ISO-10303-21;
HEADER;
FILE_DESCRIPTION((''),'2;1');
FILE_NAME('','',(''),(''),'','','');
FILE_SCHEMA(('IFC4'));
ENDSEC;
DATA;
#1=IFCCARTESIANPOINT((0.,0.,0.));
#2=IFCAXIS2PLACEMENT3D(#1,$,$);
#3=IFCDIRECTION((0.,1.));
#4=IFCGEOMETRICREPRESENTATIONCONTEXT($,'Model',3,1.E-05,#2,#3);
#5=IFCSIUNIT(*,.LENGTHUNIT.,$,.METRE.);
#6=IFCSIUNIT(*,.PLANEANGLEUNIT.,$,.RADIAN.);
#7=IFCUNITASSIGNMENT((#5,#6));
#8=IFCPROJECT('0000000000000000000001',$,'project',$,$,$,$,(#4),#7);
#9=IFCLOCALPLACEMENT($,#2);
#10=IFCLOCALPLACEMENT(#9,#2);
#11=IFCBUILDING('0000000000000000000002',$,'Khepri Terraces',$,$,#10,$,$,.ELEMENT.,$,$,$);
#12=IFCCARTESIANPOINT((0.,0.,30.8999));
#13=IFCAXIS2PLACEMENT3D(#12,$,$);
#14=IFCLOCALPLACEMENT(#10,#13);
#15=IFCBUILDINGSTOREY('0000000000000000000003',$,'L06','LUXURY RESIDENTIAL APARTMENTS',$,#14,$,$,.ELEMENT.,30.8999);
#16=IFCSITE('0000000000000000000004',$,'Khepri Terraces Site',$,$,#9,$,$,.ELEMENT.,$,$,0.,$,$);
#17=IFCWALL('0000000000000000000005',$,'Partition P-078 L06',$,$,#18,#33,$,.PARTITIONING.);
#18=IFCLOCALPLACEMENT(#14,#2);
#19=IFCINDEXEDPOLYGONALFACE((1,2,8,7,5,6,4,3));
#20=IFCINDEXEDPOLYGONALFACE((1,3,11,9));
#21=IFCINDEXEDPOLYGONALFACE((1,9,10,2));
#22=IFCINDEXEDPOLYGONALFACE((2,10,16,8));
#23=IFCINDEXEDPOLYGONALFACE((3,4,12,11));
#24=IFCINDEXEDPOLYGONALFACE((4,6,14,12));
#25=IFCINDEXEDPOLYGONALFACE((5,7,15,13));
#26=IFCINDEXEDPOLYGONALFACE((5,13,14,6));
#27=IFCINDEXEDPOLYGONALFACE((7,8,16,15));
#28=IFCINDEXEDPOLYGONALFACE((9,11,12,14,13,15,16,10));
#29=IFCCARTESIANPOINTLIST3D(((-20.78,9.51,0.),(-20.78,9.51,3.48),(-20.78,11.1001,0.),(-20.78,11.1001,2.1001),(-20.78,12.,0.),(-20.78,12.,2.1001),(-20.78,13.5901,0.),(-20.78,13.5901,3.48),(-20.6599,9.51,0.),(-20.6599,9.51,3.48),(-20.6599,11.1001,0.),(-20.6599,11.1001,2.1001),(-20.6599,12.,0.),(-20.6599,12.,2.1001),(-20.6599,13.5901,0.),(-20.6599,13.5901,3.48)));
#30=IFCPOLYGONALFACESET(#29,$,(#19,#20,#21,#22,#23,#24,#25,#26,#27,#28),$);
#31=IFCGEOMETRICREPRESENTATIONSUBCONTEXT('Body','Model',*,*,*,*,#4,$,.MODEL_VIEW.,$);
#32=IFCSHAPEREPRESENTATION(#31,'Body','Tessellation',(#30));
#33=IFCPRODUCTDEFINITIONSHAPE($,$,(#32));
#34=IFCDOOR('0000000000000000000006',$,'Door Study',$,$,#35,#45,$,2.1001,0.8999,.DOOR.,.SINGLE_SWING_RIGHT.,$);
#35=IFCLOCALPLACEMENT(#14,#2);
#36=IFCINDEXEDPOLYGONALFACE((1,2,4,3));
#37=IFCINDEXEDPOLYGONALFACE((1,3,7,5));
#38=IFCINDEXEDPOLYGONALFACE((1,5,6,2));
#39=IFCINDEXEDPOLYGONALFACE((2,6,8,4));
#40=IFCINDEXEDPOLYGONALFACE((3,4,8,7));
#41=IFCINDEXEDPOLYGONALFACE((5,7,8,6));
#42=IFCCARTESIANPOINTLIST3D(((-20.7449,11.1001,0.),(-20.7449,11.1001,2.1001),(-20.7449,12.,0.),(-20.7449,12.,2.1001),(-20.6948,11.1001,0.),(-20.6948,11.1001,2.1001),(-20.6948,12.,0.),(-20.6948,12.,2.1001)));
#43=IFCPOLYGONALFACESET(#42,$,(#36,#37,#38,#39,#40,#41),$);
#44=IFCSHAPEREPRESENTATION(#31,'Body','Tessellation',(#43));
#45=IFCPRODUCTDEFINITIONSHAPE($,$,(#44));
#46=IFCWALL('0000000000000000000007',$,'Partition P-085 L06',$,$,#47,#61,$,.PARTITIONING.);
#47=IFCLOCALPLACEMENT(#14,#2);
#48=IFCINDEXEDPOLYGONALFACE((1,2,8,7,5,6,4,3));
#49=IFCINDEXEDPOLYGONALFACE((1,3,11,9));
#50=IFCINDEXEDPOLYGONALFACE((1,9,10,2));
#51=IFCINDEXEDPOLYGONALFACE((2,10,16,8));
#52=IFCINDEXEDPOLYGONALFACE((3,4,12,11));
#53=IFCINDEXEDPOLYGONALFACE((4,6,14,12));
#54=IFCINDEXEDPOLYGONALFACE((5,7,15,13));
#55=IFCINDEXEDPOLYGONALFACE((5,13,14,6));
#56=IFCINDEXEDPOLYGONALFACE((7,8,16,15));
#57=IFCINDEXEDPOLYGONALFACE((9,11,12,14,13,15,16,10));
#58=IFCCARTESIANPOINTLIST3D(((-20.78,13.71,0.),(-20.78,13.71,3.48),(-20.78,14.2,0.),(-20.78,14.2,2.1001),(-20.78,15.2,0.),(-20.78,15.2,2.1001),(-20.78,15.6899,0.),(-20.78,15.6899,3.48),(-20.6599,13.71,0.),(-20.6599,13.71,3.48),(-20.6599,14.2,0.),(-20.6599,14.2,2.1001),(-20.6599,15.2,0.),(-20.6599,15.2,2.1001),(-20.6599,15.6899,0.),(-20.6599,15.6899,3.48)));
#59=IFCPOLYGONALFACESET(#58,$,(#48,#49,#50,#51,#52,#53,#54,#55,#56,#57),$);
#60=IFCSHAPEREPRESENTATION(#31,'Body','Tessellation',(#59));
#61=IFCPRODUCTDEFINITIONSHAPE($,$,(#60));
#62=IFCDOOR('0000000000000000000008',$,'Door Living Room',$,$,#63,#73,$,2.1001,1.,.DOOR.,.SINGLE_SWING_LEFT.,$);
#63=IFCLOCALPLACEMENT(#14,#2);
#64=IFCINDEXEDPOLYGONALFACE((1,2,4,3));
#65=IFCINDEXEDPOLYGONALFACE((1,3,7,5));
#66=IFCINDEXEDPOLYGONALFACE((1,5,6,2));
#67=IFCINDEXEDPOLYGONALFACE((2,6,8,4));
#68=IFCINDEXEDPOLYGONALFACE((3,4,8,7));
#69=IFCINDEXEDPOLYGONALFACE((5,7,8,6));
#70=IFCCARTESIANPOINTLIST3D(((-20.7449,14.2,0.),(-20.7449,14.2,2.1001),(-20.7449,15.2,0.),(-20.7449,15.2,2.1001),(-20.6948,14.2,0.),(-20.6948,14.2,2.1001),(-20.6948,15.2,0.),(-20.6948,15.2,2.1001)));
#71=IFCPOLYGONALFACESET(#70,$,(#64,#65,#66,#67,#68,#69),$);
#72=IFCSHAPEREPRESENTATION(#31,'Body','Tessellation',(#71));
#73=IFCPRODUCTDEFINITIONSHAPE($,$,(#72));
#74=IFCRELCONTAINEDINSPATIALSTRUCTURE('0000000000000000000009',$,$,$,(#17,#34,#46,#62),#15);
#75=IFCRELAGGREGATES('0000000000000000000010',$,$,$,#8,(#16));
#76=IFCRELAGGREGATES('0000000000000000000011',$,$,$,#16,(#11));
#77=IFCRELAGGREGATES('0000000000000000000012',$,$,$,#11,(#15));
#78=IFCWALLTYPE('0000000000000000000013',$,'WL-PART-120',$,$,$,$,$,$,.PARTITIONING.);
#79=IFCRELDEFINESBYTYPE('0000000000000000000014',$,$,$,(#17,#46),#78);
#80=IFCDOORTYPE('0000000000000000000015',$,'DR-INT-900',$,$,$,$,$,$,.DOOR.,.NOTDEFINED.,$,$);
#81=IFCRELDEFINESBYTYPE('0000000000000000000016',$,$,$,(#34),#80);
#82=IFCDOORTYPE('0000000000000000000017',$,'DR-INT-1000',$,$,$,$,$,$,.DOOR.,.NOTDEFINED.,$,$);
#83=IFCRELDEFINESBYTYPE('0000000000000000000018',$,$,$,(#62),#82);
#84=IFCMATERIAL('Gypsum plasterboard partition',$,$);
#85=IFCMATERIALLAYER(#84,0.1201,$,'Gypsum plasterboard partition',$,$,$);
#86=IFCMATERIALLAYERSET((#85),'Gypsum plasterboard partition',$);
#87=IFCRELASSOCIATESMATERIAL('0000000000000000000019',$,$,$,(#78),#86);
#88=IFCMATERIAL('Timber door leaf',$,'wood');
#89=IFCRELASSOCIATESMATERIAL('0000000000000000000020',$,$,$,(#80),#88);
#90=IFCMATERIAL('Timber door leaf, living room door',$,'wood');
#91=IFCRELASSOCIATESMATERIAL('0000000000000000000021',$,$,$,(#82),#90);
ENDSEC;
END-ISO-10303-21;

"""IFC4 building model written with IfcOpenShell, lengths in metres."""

from ifc_helpers import new_model, si_unit, direction, frame, frame_2d, origin, place, context, subcontext, project, spatial, rectangle, extrude, material, layer, layer_set, type_object, element, fill, save


model = new_model("IFC4")

# Units and contexts
model_context = context("Model", 3, precision=1e-05, world=origin(), true_north=direction((0.0, 1.0)))
body_context = subcontext(model_context, "Body", "Model", "MODEL_VIEW")
ifc_project = project(units=[si_unit("LENGTHUNIT", "METRE"), si_unit("PLANEANGLEUNIT", "RADIAN")], contexts=[model_context])

# Site, building, storey
site_placement = place(None, origin())
site = spatial("IfcSite", under=ifc_project, at=site_placement, Name="Khepri Terraces Site", CompositionType="ELEMENT", RefElevation=0.0)
building_placement = place(site_placement, origin())
building = spatial("IfcBuilding", under=site, at=building_placement, Name="Khepri Terraces", CompositionType="ELEMENT")
storey_placement = place(building_placement, frame((0.0, 0.0, 30.8999)))
storey = spatial("IfcBuildingStorey", under=building, at=storey_placement, Name="L06", Description="LUXURY RESIDENTIAL APARTMENTS", CompositionType="ELEMENT", Elevation=30.8999)

# Shared definitions
ifc_material_1 = material(Name="Gypsum plasterboard partition")
ifc_layer_1 = layer(ifc_material_1, 0.1201, Name="Gypsum plasterboard partition")
ifc_layer_set_1 = layer_set([ifc_layer_1], Name="Gypsum plasterboard partition")
wall_type_1 = type_object("IfcWallType", Name="WL-PART-120", PredefinedType="PARTITIONING", material=ifc_layer_set_1)

# Shared definitions
ifc_material_2 = material(Name="Timber door leaf", Category="wood")
door_type_1 = type_object("IfcDoorType", Name="DR-INT-900", OperationType="NOTDEFINED", PredefinedType="DOOR", material=ifc_material_2)

# Walls, openings, doors
wall_1_placement = place(storey_placement, frame((-20.72, 9.51, 0.0), z_axis=(0.0, 0.0, 1.0), x_axis=(0.0, 1.0, 0.0)))
wall_1 = element("IfcWall", 1, at=wall_1_placement, inside=storey, type_object=wall_type_1, Name="Partition P-078 L06", PredefinedType="PARTITIONING", context=body_context, shape_type="SweptSolid", body=[
    extrude(rectangle(XDim=4.0801, YDim=0.1201, at=frame_2d((2.04, 0.0))), origin(), (0.0, 0.0, 1.0), 3.48),
])
opening_1_placement = place(wall_1_placement, frame((1.5901, 0.0, 0.0)))
opening_1 = element("IfcOpeningElement", 2, at=opening_1_placement, cuts=wall_1, PredefinedType="OPENING", context=body_context, shape_type="SweptSolid", body=[
    extrude(rectangle(XDim=0.8999, YDim=2.1001, at=frame_2d((0.45, 1.05))), frame((0.0, 0.0701, 0.0), z_axis=(0.0, -1.0, 0.0), x_axis=(1.0, 0.0, 0.0)), (0.0, 0.0, 1.0), 0.1401),
])
door_1_placement = place(opening_1_placement, origin())
door_1 = element("IfcDoor", 3, at=door_1_placement, inside=storey, type_object=door_type_1, Name="Door Study", OperationType="SINGLE_SWING_RIGHT", OverallHeight=2.1001, OverallWidth=0.8999, PredefinedType="DOOR", context=body_context, shape_type="SweptSolid", body=[
    extrude(rectangle(XDim=0.8999, YDim=2.1001, at=frame_2d((0.45, 1.05))), frame((0.0, 0.0249, 0.0), z_axis=(0.0, -1.0, 0.0), x_axis=(1.0, 0.0, 0.0)), (0.0, 0.0, 1.0), 0.05),
])
fill(opening_1, door_1)
wall_2_placement = place(storey_placement, frame((-20.72, 13.71, 0.0), z_axis=(0.0, 0.0, 1.0), x_axis=(0.0, 1.0, 0.0)))
wall_2 = element("IfcWall", 4, at=wall_2_placement, inside=storey, type_object=wall_type_1, Name="Partition P-085 L06", PredefinedType="PARTITIONING", context=body_context, shape_type="SweptSolid", body=[
    extrude(rectangle(XDim=1.98, YDim=0.1201, at=frame_2d((0.99, 0.0))), origin(), (0.0, 0.0, 1.0), 3.48),
])
opening_2_placement = place(wall_2_placement, frame((0.49, 0.0, 0.0)))
opening_2 = element("IfcOpeningElement", 5, at=opening_2_placement, cuts=wall_2, PredefinedType="OPENING", context=body_context, shape_type="SweptSolid", body=[
    extrude(rectangle(XDim=1.0, YDim=2.1001, at=frame_2d((0.5, 1.05))), frame((0.0, 0.0701, 0.0), z_axis=(0.0, -1.0, 0.0), x_axis=(1.0, 0.0, 0.0)), (0.0, 0.0, 1.0), 0.1401),
])
ifc_material_3 = material(Name="Timber door leaf, living room door", Category="wood")
door_type_2 = type_object("IfcDoorType", Name="DR-INT-1000", OperationType="NOTDEFINED", PredefinedType="DOOR", material=ifc_material_3)
door_2_placement = place(opening_2_placement, origin())
door_2 = element("IfcDoor", 6, at=door_2_placement, inside=storey, type_object=door_type_2, Name="Door Living Room", OperationType="SINGLE_SWING_LEFT", OverallHeight=2.1001, OverallWidth=1.0, PredefinedType="DOOR", context=body_context, shape_type="SweptSolid", body=[
    extrude(rectangle(XDim=1.0, YDim=2.1001, at=frame_2d((0.5, 1.05))), frame((0.0, 0.0249, 0.0), z_axis=(0.0, -1.0, 0.0), x_axis=(1.0, 0.0, 0.0)), (0.0, 0.0, 1.0), 0.05),
])
fill(opening_2, door_2)

save(model, "model.ifc")
